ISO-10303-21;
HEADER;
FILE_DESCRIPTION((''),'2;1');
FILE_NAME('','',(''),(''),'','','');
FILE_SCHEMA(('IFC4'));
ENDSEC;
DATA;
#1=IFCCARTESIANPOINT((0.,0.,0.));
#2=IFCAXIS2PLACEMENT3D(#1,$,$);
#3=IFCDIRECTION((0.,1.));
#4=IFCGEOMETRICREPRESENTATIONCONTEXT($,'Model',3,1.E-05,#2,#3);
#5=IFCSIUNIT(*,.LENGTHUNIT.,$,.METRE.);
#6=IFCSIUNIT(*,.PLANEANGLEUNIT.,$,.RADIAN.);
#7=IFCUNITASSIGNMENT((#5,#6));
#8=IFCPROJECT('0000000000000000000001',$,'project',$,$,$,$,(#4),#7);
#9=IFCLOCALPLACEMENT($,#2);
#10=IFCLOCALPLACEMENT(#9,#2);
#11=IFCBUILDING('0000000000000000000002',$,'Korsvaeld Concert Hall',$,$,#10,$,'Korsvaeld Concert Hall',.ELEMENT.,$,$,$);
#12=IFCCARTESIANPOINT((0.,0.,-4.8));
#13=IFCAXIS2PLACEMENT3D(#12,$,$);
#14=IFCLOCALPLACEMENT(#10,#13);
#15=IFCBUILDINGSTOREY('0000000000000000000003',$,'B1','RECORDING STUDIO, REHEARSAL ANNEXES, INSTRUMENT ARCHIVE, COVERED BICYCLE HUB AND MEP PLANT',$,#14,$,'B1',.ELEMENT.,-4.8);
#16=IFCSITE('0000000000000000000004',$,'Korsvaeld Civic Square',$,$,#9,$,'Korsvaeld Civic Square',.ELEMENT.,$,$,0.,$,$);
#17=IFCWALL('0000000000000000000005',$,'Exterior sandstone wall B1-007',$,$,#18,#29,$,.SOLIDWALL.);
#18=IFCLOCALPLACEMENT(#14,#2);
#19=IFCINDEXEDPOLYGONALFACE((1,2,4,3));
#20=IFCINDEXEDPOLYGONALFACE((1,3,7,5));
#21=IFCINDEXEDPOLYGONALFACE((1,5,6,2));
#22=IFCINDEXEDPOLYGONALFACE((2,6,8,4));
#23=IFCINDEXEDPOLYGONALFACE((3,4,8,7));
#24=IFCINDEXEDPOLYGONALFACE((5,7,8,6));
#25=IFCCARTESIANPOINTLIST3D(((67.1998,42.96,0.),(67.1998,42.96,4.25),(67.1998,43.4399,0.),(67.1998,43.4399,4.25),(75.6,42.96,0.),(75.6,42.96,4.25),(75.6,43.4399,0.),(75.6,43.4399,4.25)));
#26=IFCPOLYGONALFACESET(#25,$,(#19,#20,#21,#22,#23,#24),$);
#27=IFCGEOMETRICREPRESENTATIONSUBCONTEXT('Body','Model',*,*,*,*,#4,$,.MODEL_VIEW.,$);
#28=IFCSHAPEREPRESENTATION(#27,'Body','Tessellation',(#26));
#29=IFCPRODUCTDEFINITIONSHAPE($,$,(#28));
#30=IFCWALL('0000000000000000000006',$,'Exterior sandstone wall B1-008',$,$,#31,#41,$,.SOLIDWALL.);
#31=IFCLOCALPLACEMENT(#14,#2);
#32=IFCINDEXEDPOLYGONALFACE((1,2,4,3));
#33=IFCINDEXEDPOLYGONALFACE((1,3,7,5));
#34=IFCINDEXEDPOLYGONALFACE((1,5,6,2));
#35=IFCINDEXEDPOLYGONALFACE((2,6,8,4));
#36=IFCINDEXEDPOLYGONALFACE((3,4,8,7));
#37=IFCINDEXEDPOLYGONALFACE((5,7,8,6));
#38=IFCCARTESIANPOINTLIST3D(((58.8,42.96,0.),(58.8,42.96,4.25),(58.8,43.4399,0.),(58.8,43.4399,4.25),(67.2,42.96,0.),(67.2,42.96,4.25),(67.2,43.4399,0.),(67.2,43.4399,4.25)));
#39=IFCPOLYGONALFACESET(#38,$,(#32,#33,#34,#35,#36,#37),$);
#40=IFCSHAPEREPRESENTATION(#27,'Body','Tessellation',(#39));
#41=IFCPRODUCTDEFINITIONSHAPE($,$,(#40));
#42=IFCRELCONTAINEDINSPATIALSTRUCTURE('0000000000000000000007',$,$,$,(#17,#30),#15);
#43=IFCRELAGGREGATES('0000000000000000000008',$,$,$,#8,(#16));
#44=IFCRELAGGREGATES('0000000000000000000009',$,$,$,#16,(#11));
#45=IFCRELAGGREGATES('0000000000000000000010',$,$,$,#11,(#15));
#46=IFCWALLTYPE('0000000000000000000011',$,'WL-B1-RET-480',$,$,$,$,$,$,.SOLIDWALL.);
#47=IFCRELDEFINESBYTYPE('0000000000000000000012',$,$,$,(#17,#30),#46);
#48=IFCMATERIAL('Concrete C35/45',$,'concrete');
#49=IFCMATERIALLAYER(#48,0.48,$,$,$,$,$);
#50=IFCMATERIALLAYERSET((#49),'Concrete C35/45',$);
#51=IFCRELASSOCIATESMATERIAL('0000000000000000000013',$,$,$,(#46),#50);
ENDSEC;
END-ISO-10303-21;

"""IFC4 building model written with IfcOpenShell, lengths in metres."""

from ifc_helpers import new_model, si_unit, direction, frame, frame_2d, origin, place, context, subcontext, project, spatial, rectangle, extrude, material, layer, layer_set, type_object, element, save


model = new_model("IFC4")

# Units and contexts
model_context = context("Model", 3, precision=1e-05, world=origin(), true_north=direction((0.0, 1.0)))
body_context = subcontext(model_context, "Body", "Model", "MODEL_VIEW")
ifc_project = project(units=[si_unit("LENGTHUNIT", "METRE"), si_unit("PLANEANGLEUNIT", "RADIAN")], contexts=[model_context])

# Site, building, storey
site_placement = place(None, origin())
site = spatial("IfcSite", under=ifc_project, at=site_placement, Name="Korsvaeld Civic Square", LongName="Korsvaeld Civic Square", CompositionType="ELEMENT", RefElevation=0.0)
building_placement = place(site_placement, origin())
building = spatial("IfcBuilding", under=site, at=building_placement, Name="Korsvaeld Concert Hall", LongName="Korsvaeld Concert Hall", CompositionType="ELEMENT")
storey_placement = place(building_placement, frame((0.0, 0.0, -4.8)))
storey = spatial("IfcBuildingStorey", under=building, at=storey_placement, Name="B1", Description="RECORDING STUDIO, REHEARSAL ANNEXES, INSTRUMENT ARCHIVE, COVERED BICYCLE HUB AND MEP PLANT", LongName="B1", CompositionType="ELEMENT", Elevation=-4.8)

# Shared definitions
ifc_material_1 = material(Name="Concrete C35/45", Category="concrete")

# Walls
ifc_layer = layer(ifc_material_1, 0.48)
ifc_layer_set = layer_set([ifc_layer], Name="Concrete C35/45")
wall_type = type_object("IfcWallType", Name="WL-B1-RET-480", PredefinedType="SOLIDWALL", material=ifc_layer_set)
wall_1_placement = place(storey_placement, frame((75.6001, 43.2, 0.0), z_axis=(0.0, 0.0, 1.0), x_axis=(-1.0, 0.0, 0.0)))
element("IfcWall", 1, at=wall_1_placement, inside=storey, type_object=wall_type, Name="Exterior sandstone wall B1-007", PredefinedType="SOLIDWALL", context=body_context, shape_type="SweptSolid", body=[
    extrude(rectangle(XDim=8.4001, YDim=0.48, at=frame_2d((4.2002, 0.0))), origin(), (0.0, 0.0, 1.0), 4.25),
])
wall_2_placement = place(storey_placement, frame((67.2, 43.2, 0.0), z_axis=(0.0, 0.0, 1.0), x_axis=(-1.0, 0.0, 0.0)))
element("IfcWall", 2, at=wall_2_placement, inside=storey, type_object=wall_type, Name="Exterior sandstone wall B1-008", PredefinedType="SOLIDWALL", context=body_context, shape_type="SweptSolid", body=[
    extrude(rectangle(XDim=8.3999, YDim=0.48, at=frame_2d((4.2, 0.0))), origin(), (0.0, 0.0, 1.0), 4.25),
])

save(model, "model.ifc")
